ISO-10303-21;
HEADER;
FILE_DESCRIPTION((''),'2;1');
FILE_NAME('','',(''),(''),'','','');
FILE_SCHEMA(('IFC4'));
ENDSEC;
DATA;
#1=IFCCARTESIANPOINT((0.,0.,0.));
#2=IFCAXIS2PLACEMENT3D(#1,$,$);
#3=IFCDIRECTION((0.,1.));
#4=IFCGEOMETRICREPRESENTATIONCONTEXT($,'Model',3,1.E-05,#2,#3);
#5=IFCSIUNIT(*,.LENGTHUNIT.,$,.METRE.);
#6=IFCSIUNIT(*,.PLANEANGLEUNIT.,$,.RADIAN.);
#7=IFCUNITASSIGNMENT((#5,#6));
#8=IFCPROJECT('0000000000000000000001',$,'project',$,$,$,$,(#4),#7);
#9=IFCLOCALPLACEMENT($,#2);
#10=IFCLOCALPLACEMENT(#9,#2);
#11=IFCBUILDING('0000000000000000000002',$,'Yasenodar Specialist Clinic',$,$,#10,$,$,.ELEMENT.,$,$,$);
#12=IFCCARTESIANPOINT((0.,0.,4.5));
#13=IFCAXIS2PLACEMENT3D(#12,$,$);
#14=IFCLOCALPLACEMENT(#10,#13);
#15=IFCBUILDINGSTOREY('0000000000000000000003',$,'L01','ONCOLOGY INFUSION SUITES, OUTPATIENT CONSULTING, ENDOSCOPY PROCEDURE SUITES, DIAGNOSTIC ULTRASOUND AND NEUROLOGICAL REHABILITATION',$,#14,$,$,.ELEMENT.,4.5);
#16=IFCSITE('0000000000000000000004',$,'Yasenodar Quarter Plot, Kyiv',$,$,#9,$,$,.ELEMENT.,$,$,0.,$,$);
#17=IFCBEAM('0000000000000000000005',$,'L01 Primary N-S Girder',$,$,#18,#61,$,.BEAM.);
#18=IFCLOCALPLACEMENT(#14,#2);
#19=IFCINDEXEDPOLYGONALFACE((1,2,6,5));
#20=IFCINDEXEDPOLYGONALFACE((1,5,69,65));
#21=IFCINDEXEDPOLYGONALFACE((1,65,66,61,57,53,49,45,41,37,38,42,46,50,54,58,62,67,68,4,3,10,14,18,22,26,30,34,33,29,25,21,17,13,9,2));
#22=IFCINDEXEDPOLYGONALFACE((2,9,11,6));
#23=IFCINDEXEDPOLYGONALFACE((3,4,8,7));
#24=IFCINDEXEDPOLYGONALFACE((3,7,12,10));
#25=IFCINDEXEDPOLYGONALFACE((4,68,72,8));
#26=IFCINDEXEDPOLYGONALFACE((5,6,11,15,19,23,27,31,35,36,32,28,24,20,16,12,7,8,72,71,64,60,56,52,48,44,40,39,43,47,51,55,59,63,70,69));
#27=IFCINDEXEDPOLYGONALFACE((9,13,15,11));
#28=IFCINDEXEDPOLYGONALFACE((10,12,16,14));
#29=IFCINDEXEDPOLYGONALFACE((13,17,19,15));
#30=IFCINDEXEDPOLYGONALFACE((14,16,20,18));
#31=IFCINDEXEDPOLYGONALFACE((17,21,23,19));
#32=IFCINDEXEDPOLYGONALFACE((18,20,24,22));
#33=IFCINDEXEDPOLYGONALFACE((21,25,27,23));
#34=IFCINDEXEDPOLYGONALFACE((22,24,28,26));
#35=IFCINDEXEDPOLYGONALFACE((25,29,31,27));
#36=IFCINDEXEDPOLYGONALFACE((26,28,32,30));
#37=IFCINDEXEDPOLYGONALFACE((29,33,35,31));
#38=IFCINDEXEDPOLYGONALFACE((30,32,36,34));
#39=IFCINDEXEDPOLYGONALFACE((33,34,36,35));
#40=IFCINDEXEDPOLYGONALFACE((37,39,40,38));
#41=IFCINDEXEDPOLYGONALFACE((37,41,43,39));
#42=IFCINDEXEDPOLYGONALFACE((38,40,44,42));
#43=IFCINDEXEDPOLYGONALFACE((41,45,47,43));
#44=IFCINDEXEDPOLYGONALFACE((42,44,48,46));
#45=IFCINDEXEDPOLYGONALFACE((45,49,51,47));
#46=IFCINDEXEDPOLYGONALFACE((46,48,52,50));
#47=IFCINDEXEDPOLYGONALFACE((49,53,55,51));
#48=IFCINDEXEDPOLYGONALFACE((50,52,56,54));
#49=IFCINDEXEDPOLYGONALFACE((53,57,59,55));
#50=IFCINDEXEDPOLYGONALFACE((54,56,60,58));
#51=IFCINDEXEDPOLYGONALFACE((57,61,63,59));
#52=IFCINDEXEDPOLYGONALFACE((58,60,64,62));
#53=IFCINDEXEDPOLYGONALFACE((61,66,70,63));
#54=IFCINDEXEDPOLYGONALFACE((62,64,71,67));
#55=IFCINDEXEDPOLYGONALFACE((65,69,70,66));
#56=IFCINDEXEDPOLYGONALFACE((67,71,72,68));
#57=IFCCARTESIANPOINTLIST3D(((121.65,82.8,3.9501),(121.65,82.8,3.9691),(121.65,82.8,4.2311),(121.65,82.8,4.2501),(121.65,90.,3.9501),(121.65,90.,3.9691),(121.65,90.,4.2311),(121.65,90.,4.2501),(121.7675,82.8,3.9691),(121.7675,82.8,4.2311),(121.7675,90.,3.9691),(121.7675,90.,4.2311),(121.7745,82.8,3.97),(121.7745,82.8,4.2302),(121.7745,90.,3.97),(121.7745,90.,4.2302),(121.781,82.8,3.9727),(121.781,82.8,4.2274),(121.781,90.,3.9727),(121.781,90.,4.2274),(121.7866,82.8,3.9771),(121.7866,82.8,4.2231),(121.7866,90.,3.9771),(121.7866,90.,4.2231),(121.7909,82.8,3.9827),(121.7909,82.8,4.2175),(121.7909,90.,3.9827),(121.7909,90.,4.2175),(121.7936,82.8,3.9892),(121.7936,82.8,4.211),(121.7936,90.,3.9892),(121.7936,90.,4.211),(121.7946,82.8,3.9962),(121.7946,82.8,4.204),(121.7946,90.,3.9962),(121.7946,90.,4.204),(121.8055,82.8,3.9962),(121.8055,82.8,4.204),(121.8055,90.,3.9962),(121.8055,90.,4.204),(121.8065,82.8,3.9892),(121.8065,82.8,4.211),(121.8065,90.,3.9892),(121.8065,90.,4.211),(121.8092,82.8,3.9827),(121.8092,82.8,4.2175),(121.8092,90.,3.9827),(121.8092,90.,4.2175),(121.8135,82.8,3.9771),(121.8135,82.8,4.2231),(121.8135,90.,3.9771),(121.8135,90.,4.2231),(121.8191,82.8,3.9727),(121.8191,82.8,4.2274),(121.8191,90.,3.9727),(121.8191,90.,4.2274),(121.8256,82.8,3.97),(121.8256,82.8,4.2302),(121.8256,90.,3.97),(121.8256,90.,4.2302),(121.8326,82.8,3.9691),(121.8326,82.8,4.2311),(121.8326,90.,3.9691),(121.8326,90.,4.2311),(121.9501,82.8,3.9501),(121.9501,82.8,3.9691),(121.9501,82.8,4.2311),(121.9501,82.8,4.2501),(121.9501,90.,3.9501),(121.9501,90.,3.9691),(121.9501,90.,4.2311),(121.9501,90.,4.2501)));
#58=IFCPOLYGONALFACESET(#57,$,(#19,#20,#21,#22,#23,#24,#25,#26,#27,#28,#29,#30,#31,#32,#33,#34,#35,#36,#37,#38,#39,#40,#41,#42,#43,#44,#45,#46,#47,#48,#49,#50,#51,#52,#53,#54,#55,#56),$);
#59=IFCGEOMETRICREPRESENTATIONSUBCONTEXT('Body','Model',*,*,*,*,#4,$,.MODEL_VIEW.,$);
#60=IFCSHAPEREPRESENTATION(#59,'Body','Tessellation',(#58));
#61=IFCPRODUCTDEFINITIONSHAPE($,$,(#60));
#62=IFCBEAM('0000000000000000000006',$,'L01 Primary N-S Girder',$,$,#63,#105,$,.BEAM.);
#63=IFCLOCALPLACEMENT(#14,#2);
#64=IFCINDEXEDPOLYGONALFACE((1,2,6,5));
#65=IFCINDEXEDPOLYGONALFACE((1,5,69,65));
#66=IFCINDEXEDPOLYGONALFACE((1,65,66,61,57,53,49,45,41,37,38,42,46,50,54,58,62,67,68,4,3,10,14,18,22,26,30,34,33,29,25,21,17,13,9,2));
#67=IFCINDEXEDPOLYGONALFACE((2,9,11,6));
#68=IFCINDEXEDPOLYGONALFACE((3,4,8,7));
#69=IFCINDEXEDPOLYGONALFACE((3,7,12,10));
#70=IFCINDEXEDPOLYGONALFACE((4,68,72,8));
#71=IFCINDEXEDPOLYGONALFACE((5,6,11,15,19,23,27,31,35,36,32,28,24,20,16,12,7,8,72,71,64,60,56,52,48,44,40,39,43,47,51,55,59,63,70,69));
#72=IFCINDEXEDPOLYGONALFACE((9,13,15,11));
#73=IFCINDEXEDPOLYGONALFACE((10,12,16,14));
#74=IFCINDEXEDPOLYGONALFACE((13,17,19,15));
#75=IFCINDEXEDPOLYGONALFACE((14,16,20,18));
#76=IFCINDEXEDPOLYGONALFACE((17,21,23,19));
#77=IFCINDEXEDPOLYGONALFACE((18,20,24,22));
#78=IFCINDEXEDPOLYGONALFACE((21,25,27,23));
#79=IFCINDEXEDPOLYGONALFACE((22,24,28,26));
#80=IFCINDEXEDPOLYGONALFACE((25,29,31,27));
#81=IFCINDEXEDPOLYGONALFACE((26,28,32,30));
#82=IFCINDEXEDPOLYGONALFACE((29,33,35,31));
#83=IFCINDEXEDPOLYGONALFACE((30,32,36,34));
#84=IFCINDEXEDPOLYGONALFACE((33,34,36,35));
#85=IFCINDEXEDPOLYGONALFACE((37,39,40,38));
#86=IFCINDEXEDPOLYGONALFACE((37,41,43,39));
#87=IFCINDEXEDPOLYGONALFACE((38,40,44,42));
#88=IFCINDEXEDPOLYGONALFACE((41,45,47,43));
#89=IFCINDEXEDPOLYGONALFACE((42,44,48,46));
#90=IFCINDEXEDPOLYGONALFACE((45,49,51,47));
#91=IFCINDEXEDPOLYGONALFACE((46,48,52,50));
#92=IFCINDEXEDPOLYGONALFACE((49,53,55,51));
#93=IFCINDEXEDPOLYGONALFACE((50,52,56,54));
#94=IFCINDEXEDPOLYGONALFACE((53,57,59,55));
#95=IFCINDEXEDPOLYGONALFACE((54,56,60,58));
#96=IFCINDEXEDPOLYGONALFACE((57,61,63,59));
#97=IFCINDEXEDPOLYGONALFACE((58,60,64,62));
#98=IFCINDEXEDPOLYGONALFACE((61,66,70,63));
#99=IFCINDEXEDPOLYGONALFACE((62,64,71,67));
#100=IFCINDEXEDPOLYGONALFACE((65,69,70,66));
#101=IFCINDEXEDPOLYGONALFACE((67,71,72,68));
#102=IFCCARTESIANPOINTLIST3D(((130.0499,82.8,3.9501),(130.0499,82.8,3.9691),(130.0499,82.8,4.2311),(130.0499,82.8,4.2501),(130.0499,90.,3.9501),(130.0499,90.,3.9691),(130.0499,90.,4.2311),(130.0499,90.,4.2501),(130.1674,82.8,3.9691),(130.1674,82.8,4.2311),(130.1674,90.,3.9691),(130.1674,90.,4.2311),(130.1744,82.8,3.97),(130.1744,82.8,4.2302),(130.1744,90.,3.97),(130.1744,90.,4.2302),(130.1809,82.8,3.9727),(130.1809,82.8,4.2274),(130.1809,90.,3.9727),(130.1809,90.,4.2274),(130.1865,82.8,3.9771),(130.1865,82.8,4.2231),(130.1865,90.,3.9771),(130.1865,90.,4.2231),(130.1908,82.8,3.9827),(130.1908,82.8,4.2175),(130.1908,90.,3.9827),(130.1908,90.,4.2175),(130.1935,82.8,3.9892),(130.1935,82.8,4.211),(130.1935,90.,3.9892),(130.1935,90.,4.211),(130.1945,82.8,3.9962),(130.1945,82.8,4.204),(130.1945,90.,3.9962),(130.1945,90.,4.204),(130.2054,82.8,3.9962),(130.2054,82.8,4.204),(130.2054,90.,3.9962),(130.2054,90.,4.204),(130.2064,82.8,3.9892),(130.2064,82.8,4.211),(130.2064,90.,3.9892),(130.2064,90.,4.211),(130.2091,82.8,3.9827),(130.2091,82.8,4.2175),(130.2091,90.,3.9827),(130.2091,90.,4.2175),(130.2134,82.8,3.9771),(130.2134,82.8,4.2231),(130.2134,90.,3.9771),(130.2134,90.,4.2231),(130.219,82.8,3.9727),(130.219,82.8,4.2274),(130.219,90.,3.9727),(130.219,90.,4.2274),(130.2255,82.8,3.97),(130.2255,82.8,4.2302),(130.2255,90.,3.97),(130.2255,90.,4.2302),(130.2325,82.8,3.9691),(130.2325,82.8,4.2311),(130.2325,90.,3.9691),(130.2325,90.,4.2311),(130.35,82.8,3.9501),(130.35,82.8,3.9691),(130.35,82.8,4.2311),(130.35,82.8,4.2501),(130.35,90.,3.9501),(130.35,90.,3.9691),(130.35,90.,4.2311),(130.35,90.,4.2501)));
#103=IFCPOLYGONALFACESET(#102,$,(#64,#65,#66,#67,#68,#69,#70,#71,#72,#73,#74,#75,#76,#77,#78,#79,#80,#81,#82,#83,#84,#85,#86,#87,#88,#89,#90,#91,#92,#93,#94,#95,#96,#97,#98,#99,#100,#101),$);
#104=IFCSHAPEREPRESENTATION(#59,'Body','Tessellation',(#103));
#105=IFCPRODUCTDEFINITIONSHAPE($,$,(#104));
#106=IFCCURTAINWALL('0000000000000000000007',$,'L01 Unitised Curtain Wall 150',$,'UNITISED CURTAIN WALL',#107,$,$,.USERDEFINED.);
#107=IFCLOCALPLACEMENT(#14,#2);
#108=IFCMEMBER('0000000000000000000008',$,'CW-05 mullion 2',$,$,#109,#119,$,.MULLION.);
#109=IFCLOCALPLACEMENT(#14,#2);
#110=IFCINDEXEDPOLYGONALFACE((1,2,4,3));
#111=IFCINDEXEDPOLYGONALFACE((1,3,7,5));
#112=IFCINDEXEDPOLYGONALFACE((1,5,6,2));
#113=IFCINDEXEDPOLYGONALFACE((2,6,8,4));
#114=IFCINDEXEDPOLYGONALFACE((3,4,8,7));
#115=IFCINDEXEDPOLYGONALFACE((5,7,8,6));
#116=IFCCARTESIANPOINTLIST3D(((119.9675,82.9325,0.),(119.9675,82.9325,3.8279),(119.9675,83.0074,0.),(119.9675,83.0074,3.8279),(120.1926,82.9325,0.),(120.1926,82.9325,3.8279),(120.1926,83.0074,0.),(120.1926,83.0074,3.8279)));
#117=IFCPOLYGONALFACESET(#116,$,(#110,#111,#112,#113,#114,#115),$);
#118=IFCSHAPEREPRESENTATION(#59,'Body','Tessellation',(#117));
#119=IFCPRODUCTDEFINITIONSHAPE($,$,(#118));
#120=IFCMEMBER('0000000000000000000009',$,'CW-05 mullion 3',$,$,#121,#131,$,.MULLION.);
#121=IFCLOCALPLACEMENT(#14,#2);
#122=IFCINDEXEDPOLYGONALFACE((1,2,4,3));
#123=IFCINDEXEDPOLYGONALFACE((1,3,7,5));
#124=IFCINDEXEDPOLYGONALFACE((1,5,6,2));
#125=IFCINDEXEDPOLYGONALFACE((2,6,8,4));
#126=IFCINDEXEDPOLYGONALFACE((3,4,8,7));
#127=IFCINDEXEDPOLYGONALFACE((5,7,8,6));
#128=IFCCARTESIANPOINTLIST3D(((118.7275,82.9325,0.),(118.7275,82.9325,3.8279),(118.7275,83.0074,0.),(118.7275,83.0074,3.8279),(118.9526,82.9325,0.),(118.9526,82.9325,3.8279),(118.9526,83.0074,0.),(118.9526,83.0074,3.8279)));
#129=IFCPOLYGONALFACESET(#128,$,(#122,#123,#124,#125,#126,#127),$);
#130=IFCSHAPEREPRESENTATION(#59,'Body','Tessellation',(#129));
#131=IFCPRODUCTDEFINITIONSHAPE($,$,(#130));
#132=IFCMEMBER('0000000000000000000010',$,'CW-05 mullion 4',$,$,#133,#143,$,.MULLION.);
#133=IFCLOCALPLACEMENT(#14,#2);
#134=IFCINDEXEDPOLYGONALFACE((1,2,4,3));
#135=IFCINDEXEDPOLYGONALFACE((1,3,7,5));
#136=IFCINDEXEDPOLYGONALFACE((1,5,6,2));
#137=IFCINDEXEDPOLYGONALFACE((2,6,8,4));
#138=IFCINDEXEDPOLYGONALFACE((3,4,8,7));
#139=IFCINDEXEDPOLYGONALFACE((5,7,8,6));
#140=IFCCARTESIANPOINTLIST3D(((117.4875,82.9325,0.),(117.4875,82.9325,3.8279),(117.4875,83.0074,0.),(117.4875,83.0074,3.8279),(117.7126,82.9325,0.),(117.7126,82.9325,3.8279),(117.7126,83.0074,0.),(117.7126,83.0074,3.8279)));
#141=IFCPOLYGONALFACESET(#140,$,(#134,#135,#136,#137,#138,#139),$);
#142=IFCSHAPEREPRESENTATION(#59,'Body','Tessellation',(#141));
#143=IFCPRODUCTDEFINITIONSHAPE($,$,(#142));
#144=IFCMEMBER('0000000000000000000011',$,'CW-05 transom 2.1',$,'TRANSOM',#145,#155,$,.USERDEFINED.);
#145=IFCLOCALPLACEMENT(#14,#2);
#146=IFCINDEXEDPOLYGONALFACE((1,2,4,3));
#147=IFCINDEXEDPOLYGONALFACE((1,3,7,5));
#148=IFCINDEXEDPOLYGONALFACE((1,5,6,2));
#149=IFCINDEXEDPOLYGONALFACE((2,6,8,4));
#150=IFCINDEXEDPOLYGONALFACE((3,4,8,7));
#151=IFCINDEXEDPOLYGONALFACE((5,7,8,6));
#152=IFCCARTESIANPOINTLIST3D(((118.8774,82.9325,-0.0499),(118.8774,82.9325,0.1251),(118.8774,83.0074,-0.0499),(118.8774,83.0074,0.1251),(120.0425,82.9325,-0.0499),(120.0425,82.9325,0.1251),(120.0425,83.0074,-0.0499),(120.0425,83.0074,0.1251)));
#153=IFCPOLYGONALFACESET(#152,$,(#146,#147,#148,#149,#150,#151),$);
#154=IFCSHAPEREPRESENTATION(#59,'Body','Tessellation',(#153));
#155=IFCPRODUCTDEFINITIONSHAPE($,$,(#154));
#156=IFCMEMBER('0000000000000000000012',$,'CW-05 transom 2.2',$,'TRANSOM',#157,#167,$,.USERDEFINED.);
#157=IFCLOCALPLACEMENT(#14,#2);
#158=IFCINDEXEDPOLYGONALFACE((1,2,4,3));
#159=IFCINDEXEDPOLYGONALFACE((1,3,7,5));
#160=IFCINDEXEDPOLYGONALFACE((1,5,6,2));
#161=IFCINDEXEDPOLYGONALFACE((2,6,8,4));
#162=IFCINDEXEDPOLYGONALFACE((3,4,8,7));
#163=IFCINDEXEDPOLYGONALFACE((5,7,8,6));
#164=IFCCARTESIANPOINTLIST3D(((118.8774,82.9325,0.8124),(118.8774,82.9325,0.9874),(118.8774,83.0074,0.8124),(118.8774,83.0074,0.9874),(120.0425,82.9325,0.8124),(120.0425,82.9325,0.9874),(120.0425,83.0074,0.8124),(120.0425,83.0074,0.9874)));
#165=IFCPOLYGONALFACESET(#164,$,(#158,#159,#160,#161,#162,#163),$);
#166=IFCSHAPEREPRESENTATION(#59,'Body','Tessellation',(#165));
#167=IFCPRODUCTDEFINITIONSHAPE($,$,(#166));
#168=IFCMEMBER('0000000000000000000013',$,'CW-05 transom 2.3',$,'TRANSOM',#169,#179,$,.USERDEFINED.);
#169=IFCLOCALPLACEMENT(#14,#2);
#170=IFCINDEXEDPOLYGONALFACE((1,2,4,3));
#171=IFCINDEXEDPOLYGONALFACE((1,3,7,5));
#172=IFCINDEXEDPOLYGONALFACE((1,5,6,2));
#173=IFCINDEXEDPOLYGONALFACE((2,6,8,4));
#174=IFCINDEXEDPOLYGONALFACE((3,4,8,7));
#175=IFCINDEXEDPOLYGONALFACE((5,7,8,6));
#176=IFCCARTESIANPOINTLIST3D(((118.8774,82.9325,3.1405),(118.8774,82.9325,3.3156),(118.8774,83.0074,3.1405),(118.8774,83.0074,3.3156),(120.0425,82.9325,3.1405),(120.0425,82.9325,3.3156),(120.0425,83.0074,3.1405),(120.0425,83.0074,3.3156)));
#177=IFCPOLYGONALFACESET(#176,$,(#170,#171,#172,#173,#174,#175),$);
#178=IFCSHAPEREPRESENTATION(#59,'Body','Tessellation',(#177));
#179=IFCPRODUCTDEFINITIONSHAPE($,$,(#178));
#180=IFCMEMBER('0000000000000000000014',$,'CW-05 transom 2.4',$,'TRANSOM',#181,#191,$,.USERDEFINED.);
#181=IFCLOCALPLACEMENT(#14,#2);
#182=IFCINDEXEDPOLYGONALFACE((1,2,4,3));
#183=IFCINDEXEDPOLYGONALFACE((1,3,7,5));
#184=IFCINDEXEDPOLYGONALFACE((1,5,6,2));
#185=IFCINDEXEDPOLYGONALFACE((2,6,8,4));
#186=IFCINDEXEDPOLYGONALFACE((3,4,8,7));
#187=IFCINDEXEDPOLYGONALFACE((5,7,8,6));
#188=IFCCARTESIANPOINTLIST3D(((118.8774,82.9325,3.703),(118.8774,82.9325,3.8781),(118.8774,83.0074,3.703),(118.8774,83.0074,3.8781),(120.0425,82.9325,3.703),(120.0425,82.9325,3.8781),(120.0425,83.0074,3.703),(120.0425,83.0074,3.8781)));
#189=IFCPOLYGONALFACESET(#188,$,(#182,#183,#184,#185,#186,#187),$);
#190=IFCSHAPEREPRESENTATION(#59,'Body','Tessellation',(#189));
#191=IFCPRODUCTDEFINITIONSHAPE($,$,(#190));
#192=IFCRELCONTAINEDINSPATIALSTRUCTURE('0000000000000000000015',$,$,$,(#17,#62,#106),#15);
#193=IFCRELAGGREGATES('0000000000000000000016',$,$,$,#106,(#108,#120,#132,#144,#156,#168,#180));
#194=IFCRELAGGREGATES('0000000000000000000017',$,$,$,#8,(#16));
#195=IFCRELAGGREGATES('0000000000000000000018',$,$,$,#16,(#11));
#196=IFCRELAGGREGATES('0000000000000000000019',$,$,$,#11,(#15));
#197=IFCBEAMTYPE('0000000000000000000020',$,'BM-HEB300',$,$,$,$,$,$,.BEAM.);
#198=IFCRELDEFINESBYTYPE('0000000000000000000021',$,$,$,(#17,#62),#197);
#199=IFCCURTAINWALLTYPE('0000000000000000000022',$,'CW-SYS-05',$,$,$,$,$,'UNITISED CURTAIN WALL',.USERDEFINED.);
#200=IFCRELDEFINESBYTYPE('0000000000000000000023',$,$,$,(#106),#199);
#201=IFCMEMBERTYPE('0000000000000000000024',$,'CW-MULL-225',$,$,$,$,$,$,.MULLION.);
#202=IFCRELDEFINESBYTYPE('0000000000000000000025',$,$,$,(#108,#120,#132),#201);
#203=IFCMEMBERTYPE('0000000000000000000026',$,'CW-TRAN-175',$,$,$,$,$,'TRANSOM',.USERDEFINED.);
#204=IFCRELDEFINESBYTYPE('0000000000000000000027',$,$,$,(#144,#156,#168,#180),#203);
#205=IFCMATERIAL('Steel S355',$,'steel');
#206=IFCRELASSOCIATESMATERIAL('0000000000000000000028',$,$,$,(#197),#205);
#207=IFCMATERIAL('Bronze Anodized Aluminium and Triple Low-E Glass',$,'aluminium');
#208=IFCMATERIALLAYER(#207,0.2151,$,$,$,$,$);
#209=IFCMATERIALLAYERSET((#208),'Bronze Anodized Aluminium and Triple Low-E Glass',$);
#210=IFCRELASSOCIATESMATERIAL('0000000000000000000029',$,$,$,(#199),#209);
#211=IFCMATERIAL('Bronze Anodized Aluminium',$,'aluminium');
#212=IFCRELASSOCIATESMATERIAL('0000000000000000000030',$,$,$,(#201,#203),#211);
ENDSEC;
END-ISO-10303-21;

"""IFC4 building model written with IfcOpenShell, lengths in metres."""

from ifc_helpers import new_model, si_unit, direction, frame, origin, origin_2d, place, context, subcontext, project, spatial, rectangle, i_section, extrude, material, layer, layer_set, material_profile, profile_set, type_object, element, aggregate, save


model = new_model("IFC4")

# Units and contexts
model_context = context("Model", 3, precision=1e-05, world=origin(), true_north=direction((0.0, 1.0)))
body_context = subcontext(model_context, "Body", "Model", "MODEL_VIEW")
ifc_project = project(units=[si_unit("LENGTHUNIT", "METRE"), si_unit("PLANEANGLEUNIT", "RADIAN")], contexts=[model_context])

# Site, building, storey
site_placement = place(None, origin())
site = spatial("IfcSite", under=ifc_project, at=site_placement, Name="Yasenodar Quarter Plot, Kyiv", CompositionType="ELEMENT", RefElevation=0.0)
building_placement = place(site_placement, origin())
building = spatial("IfcBuilding", under=site, at=building_placement, Name="Yasenodar Specialist Clinic", CompositionType="ELEMENT")
storey_placement = place(building_placement, frame((0.0, 0.0, 4.5)))
storey = spatial("IfcBuildingStorey", under=building, at=storey_placement, Name="L01", Description="ONCOLOGY INFUSION SUITES, OUTPATIENT CONSULTING, ENDOSCOPY PROCEDURE SUITES, DIAGNOSTIC ULTRASOUND AND NEUROLOGICAL REHABILITATION", CompositionType="ELEMENT", Elevation=4.5)

# Shared definitions
ifc_material_1 = material(Name="Steel S355", Category="steel")

# Beams
ifc_material_profile_1 = material_profile(ifc_material_1, i_section(OverallWidth=0.3, OverallDepth=0.3, WebThickness=0.011, FlangeThickness=0.019, FilletRadius=0.0271, at=origin_2d()), Name="HEB 300")
ifc_profile_set_1 = profile_set([ifc_material_profile_1], Name="Steel S355")
beam_type_1 = type_object("IfcBeamType", Name="BM-HEB300", PredefinedType="BEAM", material=ifc_profile_set_1)
for number, where, z_axis, x_axis, name in (
    (1, (121.8, 82.8, 4.1001), (0.0, 1.0, 0.0), (-1.0, 0.0, 0.0), "L01 Primary N-S Girder"),
    (2, (130.2, 82.8, 4.1001), (0.0, 1.0, 0.0), (-1.0, 0.0, 0.0), "L01 Primary N-S Girder"),
):
    element("IfcBeam", number, at=place(storey_placement, frame(where, z_axis=z_axis, x_axis=x_axis)), inside=storey, type_object=beam_type_1, Name=name, PredefinedType="BEAM", context=body_context, shape_type="SweptSolid", body=[
        extrude(i_section(OverallWidth=0.3, OverallDepth=0.3, WebThickness=0.011, FlangeThickness=0.019, FilletRadius=0.0271, at=origin_2d()), origin(), (0.0, 0.0, 1.0), 7.2),
    ])

# Curtain wall, members
ifc_material_2 = material(Name="Bronze Anodized Aluminium and Triple Low-E Glass", Category="aluminium")
ifc_layer_1 = layer(ifc_material_2, 0.2151)
ifc_layer_set_1 = layer_set([ifc_layer_1], Name="Bronze Anodized Aluminium and Triple Low-E Glass")
curtain_wall_type = type_object("IfcCurtainWallType", Name="CW-SYS-05", ElementType="UNITISED CURTAIN WALL", PredefinedType="USERDEFINED", material=ifc_layer_set_1)
curtain_wall_placement = place(storey_placement, origin())
curtain_wall = element("IfcCurtainWall", 3, at=curtain_wall_placement, inside=storey, type_object=curtain_wall_type, Name="L01 Unitised Curtain Wall 150", ObjectType="UNITISED CURTAIN WALL", PredefinedType="USERDEFINED")
ifc_material_3 = material(Name="Bronze Anodized Aluminium", Category="aluminium")
ifc_material_profile_2 = material_profile(ifc_material_3, rectangle(XDim=0.075, YDim=0.2251, at=origin_2d()), Name="CW-MULL 75x225")
ifc_profile_set_2 = profile_set([ifc_material_profile_2], Name="Bronze Anodized Aluminium")
member_type_1 = type_object("IfcMemberType", Name="CW-MULL-225", PredefinedType="MULLION", material=ifc_profile_set_2)
member_1_placement = place(storey_placement, frame((120.0801, 82.97, 0.0), z_axis=(0.0, 0.0, 1.0), x_axis=(0.0, -1.0, 0.0)))
member_1 = element("IfcMember", 4, at=member_1_placement, type_object=member_type_1, Name="CW-05 mullion 2", PredefinedType="MULLION", context=body_context, shape_type="SweptSolid", body=[
    extrude(rectangle(XDim=0.075, YDim=0.2251, at=origin_2d()), origin(), (0.0, 0.0, 1.0), 3.8279),
])
member_2_placement = place(storey_placement, frame((118.8401, 82.97, 0.0), z_axis=(0.0, 0.0, 1.0), x_axis=(0.0, -1.0, 0.0)))
member_2 = element("IfcMember", 5, at=member_2_placement, type_object=member_type_1, Name="CW-05 mullion 3", PredefinedType="MULLION", context=body_context, shape_type="SweptSolid", body=[
    extrude(rectangle(XDim=0.075, YDim=0.2251, at=origin_2d()), origin(), (0.0, 0.0, 1.0), 3.8279),
])
member_3_placement = place(storey_placement, frame((117.6001, 82.97, 0.0), z_axis=(0.0, 0.0, 1.0), x_axis=(0.0, -1.0, 0.0)))
member_3 = element("IfcMember", 6, at=member_3_placement, type_object=member_type_1, Name="CW-05 mullion 4", PredefinedType="MULLION", context=body_context, shape_type="SweptSolid", body=[
    extrude(rectangle(XDim=0.075, YDim=0.2251, at=origin_2d()), origin(), (0.0, 0.0, 1.0), 3.8279),
])
ifc_material_profile_3 = material_profile(ifc_material_3, rectangle(XDim=0.075, YDim=0.175, at=origin_2d()), Name="CW-TRAN 75x175")
ifc_profile_set_3 = profile_set([ifc_material_profile_3], Name="Bronze Anodized Aluminium")
member_type_2 = type_object("IfcMemberType", Name="CW-TRAN-175", ElementType="TRANSOM", PredefinedType="USERDEFINED", material=ifc_profile_set_3)
member_4_placement = place(storey_placement, frame((120.0425, 82.97, 0.0376), z_axis=(-1.0, 0.0, 0.0), x_axis=(0.0, -1.0, 0.0)))
member_4 = element("IfcMember", 7, at=member_4_placement, type_object=member_type_2, Name="CW-05 transom 2.1", ObjectType="TRANSOM", PredefinedType="USERDEFINED", context=body_context, shape_type="SweptSolid", body=[
    extrude(rectangle(XDim=0.075, YDim=0.175, at=origin_2d()), origin(), (0.0, 0.0, 1.0), 1.165),
])
member_5_placement = place(storey_placement, frame((120.0425, 82.97, 0.8999), z_axis=(-1.0, 0.0, 0.0), x_axis=(0.0, -1.0, 0.0)))
member_5 = element("IfcMember", 8, at=member_5_placement, type_object=member_type_2, Name="CW-05 transom 2.2", ObjectType="TRANSOM", PredefinedType="USERDEFINED", context=body_context, shape_type="SweptSolid", body=[
    extrude(rectangle(XDim=0.075, YDim=0.175, at=origin_2d()), origin(), (0.0, 0.0, 1.0), 1.165),
])
member_6_placement = place(storey_placement, frame((120.0425, 82.97, 3.228), z_axis=(-1.0, 0.0, 0.0), x_axis=(0.0, -1.0, 0.0)))
member_6 = element("IfcMember", 9, at=member_6_placement, type_object=member_type_2, Name="CW-05 transom 2.3", ObjectType="TRANSOM", PredefinedType="USERDEFINED", context=body_context, shape_type="SweptSolid", body=[
    extrude(rectangle(XDim=0.075, YDim=0.175, at=origin_2d()), origin(), (0.0, 0.0, 1.0), 1.165),
])
member_7_placement = place(storey_placement, frame((120.0425, 82.97, 3.7905), z_axis=(-1.0, 0.0, 0.0), x_axis=(0.0, -1.0, 0.0)))
member_7 = element("IfcMember", 10, at=member_7_placement, type_object=member_type_2, Name="CW-05 transom 2.4", ObjectType="TRANSOM", PredefinedType="USERDEFINED", context=body_context, shape_type="SweptSolid", body=[
    extrude(rectangle(XDim=0.075, YDim=0.175, at=origin_2d()), origin(), (0.0, 0.0, 1.0), 1.165),
])
aggregate(curtain_wall, [member_1, member_2, member_3, member_4, member_5, member_6, member_7])

save(model, "model.ifc")
